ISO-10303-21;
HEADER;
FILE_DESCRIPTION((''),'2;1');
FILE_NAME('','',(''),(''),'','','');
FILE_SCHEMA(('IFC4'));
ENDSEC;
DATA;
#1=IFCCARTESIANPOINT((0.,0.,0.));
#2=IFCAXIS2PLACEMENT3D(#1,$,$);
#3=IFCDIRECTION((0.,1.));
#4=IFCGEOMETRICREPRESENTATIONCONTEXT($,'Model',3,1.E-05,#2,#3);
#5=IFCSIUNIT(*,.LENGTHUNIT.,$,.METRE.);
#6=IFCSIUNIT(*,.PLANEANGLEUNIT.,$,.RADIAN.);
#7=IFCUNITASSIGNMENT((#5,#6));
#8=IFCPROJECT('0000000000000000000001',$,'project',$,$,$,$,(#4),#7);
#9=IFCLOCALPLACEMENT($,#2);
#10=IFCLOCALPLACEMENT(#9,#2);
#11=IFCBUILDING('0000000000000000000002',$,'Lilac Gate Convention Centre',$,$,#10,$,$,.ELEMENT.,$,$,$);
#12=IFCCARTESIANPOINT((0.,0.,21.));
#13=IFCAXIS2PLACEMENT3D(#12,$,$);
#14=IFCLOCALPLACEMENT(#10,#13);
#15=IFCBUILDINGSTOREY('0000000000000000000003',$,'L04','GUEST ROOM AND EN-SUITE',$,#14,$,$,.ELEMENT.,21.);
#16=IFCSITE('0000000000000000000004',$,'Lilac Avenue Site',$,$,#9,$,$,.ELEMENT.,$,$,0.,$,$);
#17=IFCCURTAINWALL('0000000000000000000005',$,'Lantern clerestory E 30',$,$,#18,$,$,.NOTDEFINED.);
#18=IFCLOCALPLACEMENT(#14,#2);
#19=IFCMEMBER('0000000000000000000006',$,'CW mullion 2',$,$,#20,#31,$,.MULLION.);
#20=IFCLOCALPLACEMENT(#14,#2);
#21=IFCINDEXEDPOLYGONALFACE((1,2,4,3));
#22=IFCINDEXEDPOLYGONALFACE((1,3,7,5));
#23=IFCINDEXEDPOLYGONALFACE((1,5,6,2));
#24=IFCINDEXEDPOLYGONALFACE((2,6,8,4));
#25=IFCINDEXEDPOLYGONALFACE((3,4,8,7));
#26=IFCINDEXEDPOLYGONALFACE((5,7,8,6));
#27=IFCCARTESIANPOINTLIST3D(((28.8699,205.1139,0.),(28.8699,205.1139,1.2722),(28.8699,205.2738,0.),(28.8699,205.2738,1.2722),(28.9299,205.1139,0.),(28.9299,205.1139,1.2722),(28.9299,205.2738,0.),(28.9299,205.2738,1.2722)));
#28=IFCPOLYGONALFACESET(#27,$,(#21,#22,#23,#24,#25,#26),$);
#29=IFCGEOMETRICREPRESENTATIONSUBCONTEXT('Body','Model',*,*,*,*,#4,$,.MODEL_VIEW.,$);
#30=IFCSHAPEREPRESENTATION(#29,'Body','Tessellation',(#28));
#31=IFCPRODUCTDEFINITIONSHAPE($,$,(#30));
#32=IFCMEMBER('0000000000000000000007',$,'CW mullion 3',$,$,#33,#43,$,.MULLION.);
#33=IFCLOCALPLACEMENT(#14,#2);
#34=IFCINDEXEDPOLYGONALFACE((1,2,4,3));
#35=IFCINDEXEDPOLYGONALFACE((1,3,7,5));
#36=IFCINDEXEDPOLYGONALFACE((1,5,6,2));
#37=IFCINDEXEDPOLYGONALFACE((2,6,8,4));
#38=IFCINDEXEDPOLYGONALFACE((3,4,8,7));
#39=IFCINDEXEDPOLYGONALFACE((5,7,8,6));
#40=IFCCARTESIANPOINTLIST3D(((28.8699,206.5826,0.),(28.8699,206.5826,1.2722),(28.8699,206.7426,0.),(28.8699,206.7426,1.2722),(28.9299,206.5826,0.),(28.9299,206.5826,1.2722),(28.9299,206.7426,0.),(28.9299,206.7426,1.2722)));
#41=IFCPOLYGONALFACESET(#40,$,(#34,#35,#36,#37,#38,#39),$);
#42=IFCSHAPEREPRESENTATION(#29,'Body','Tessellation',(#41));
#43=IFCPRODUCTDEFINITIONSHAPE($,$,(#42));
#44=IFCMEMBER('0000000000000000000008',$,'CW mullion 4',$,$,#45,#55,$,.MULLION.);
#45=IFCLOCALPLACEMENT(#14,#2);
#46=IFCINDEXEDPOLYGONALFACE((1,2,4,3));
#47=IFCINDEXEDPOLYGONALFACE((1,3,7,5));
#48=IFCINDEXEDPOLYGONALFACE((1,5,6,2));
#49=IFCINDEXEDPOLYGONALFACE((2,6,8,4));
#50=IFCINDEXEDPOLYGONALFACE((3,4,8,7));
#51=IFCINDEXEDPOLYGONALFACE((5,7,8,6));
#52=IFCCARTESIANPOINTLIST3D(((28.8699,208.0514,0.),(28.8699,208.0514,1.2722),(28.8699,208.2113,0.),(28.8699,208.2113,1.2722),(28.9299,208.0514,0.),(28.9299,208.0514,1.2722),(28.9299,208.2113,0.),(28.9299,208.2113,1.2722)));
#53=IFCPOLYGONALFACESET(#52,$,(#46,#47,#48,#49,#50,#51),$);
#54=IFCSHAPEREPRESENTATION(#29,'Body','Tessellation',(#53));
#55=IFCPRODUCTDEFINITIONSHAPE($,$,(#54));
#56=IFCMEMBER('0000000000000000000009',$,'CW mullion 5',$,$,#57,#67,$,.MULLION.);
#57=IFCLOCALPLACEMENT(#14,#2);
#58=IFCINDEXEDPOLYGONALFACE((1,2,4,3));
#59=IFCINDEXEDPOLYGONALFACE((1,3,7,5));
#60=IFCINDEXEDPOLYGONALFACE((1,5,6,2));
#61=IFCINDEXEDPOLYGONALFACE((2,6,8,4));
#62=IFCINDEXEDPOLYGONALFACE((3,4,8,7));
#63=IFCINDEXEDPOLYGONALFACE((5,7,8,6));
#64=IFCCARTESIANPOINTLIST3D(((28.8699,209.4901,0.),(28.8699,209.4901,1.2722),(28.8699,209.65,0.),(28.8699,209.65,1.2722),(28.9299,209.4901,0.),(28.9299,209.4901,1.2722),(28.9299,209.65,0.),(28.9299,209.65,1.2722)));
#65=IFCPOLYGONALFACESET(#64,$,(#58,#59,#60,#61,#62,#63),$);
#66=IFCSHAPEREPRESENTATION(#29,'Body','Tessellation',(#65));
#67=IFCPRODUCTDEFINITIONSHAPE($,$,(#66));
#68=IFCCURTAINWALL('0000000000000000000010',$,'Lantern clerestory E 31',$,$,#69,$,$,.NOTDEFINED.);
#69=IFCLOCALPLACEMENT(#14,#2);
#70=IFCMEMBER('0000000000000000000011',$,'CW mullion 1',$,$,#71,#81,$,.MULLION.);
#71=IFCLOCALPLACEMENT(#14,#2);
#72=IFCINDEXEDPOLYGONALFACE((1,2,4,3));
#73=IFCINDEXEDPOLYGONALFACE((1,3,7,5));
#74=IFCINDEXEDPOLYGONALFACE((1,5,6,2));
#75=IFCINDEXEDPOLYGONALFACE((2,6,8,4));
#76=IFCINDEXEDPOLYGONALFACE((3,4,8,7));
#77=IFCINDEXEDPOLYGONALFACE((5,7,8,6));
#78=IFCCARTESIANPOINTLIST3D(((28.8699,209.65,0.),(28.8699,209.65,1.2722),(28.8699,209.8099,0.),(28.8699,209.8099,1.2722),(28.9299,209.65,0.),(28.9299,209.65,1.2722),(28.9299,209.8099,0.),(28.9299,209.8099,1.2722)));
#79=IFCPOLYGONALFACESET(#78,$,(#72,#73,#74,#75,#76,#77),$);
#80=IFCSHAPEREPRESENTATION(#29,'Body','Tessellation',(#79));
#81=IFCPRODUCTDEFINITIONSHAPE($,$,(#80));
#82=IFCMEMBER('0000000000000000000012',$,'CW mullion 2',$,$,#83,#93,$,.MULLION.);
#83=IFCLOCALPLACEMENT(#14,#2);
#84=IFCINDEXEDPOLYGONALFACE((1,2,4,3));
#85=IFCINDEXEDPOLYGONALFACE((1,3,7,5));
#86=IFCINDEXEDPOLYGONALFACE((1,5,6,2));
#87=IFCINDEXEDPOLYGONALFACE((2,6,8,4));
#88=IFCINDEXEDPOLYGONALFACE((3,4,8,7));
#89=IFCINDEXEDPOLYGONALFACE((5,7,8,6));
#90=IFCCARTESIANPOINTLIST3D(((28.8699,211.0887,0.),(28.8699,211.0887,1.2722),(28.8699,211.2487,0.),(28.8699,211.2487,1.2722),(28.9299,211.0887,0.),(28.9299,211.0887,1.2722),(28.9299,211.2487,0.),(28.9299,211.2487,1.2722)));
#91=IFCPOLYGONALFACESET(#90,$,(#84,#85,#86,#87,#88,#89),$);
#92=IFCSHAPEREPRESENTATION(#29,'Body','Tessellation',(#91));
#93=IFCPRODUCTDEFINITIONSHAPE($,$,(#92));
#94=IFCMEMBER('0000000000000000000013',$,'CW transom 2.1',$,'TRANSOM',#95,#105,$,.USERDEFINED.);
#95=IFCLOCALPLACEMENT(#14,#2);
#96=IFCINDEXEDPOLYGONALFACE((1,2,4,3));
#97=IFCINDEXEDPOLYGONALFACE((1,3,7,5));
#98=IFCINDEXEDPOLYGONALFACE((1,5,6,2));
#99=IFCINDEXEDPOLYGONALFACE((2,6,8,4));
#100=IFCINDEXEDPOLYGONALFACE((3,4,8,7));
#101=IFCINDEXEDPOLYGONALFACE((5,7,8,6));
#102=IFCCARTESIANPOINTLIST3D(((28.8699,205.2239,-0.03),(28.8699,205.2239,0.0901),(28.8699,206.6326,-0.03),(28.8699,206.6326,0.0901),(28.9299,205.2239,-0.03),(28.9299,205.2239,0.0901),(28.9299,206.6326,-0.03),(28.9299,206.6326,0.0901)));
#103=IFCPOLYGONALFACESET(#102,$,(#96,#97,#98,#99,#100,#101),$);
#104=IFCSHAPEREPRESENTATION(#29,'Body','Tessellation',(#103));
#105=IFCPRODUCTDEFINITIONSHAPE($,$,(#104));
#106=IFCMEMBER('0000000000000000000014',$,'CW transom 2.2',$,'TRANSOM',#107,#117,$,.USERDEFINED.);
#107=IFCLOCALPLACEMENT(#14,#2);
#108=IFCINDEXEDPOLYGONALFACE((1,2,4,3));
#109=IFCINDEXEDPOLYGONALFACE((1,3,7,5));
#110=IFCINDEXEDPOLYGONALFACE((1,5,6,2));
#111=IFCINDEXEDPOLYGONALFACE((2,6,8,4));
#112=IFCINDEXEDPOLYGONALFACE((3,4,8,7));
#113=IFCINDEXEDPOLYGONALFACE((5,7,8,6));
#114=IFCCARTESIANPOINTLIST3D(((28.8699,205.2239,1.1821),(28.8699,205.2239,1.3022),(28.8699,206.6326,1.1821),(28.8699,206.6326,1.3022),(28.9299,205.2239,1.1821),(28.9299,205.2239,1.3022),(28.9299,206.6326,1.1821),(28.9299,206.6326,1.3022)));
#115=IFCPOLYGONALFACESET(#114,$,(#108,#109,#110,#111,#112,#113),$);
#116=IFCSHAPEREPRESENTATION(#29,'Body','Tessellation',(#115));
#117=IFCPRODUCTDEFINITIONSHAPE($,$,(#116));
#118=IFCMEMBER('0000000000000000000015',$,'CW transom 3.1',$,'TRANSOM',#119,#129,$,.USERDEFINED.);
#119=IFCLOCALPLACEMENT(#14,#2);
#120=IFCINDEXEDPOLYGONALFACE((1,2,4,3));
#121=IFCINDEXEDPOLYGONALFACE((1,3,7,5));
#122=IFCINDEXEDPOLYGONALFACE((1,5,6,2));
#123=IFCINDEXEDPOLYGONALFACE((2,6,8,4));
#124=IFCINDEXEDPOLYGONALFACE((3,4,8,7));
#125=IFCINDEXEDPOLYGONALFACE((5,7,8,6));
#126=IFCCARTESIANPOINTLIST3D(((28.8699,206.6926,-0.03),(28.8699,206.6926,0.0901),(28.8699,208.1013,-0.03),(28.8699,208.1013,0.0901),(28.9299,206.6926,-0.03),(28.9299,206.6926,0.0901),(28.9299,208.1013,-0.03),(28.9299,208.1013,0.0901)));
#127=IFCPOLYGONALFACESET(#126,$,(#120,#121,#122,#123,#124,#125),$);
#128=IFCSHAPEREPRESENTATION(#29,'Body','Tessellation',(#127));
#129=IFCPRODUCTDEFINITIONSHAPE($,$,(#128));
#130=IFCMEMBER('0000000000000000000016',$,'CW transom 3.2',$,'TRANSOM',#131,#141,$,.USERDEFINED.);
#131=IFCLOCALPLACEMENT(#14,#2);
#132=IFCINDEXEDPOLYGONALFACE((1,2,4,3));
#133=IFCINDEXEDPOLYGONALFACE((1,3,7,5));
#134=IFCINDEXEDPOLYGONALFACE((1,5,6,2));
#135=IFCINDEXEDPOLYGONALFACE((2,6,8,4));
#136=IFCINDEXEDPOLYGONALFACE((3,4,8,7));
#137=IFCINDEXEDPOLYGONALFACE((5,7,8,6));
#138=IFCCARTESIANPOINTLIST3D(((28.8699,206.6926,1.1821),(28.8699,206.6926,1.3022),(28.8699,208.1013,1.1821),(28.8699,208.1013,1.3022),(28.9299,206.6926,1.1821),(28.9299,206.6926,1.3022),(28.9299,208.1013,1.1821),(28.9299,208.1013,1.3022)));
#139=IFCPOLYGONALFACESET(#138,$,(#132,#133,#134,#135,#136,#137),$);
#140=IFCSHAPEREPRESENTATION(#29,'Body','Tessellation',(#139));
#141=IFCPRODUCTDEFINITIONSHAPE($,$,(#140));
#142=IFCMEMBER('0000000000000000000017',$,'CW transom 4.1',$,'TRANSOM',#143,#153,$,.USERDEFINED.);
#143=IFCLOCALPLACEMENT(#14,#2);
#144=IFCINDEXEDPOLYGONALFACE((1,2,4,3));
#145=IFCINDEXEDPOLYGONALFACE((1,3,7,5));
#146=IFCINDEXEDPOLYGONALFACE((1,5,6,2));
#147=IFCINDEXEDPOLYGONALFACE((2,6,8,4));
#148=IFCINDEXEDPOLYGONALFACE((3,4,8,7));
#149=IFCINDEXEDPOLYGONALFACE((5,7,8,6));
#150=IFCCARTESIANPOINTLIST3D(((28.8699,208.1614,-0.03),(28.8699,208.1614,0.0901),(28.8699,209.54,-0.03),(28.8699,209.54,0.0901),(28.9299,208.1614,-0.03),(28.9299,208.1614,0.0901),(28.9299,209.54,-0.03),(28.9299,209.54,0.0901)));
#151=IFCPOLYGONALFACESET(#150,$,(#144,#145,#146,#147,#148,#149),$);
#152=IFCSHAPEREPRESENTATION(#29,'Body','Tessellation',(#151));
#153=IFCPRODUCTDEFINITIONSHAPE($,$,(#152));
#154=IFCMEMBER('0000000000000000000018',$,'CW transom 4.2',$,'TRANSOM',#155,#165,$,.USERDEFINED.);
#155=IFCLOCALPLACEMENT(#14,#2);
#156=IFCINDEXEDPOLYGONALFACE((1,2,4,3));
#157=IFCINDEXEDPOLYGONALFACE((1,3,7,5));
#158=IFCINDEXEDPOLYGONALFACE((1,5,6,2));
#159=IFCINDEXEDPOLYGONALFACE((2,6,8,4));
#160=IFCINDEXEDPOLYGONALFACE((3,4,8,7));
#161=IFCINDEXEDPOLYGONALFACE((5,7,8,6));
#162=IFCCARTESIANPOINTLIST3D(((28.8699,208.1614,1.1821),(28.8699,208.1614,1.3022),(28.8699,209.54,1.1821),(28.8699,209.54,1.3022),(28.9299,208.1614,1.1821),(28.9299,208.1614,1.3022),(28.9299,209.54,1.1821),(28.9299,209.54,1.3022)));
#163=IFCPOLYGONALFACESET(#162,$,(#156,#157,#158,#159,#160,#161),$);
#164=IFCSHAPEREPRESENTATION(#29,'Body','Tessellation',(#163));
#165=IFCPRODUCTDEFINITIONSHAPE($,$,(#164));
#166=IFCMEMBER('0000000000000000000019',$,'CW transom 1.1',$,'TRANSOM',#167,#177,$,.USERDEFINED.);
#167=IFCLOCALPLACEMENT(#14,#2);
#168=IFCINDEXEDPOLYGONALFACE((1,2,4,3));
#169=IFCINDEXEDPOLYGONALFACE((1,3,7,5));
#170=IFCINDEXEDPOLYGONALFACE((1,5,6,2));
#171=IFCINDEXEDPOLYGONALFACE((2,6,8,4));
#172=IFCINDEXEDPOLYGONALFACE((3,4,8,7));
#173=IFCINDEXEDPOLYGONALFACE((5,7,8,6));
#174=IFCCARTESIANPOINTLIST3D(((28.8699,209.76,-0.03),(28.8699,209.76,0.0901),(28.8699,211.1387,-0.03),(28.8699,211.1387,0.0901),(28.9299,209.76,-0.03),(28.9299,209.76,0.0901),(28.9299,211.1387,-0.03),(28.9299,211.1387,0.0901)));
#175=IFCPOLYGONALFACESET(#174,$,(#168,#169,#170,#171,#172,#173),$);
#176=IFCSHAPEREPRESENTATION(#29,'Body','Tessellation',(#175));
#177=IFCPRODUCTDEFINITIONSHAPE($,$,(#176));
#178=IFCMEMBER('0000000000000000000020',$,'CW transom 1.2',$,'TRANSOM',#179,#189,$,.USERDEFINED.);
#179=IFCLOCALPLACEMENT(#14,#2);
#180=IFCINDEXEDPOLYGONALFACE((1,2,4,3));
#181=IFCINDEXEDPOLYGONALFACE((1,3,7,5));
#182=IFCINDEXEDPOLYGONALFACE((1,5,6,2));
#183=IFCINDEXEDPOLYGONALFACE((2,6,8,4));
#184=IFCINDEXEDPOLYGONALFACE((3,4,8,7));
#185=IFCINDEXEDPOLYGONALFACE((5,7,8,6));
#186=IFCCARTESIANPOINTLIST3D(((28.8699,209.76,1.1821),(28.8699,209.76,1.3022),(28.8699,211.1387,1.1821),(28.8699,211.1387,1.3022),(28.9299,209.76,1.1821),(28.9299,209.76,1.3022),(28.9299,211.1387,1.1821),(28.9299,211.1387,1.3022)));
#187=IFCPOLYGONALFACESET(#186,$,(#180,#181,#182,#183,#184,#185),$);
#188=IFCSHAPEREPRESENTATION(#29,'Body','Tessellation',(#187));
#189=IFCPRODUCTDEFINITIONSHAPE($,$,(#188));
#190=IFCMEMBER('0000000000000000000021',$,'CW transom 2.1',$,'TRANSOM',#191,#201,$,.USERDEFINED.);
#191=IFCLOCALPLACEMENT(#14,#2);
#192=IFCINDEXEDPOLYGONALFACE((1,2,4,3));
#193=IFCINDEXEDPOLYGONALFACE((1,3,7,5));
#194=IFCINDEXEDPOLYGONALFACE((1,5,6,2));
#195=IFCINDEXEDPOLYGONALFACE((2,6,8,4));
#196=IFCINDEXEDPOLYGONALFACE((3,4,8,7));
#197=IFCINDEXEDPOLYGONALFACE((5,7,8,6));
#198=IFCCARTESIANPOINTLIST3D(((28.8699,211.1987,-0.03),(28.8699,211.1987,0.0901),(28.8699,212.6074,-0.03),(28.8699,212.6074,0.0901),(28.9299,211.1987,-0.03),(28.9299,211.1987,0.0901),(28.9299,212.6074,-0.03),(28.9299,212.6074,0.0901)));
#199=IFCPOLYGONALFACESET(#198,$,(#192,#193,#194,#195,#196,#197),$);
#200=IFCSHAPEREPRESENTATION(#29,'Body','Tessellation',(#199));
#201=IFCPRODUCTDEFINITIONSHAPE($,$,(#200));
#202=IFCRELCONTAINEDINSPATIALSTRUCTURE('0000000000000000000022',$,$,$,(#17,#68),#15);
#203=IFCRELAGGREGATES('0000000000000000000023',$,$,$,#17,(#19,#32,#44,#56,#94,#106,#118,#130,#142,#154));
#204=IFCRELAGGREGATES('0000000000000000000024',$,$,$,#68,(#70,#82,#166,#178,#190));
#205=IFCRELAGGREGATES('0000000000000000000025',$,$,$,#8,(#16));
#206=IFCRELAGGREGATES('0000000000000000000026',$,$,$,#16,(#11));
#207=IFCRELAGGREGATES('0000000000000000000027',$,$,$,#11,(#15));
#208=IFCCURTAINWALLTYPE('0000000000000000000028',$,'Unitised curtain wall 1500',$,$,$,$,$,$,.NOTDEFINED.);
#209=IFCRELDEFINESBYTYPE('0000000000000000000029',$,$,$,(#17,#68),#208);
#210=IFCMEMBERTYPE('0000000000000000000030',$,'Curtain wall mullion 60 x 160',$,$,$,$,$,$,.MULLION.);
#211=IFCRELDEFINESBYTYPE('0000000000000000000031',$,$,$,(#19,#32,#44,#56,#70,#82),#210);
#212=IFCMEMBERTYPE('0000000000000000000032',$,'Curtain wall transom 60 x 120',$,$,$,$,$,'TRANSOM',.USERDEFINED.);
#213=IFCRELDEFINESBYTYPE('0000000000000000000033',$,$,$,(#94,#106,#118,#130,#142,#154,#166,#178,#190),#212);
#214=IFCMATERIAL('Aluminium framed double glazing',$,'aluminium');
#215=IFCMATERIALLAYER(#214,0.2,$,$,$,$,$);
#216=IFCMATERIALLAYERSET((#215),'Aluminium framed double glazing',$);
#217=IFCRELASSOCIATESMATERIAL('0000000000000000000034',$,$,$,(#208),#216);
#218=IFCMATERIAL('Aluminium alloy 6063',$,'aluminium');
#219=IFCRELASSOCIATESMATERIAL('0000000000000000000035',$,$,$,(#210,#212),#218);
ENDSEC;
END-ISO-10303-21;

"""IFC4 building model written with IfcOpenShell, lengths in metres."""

from ifc_helpers import new_model, si_unit, direction, frame, origin, origin_2d, place, context, subcontext, project, spatial, rectangle, extrude, material, layer, layer_set, material_profile, profile_set, type_object, element, aggregate, save


model = new_model("IFC4")

# Units and contexts
model_context = context("Model", 3, precision=1e-05, world=origin(), true_north=direction((0.0, 1.0)))
body_context = subcontext(model_context, "Body", "Model", "MODEL_VIEW")
ifc_project = project(units=[si_unit("LENGTHUNIT", "METRE"), si_unit("PLANEANGLEUNIT", "RADIAN")], contexts=[model_context])

# Site, building, storey
site_placement = place(None, origin())
site = spatial("IfcSite", under=ifc_project, at=site_placement, Name="Lilac Avenue Site", CompositionType="ELEMENT", RefElevation=0.0)
building_placement = place(site_placement, origin())
building = spatial("IfcBuilding", under=site, at=building_placement, Name="Lilac Gate Convention Centre", CompositionType="ELEMENT")
storey_placement = place(building_placement, frame((0.0, 0.0, 21.0)))
storey = spatial("IfcBuildingStorey", under=building, at=storey_placement, Name="L04", Description="GUEST ROOM AND EN-SUITE", CompositionType="ELEMENT", Elevation=21.0)

# Curtain walls, members
ifc_material_1 = material(Name="Aluminium framed double glazing", Category="aluminium")
ifc_layer_1 = layer(ifc_material_1, 0.2)
ifc_layer_set_1 = layer_set([ifc_layer_1], Name="Aluminium framed double glazing")
curtain_wall_type = type_object("IfcCurtainWallType", Name="Unitised curtain wall 1500", PredefinedType="NOTDEFINED", material=ifc_layer_set_1)
curtain_wall_1_placement = place(storey_placement, origin())
curtain_wall_1 = element("IfcCurtainWall", 1, at=curtain_wall_1_placement, inside=storey, type_object=curtain_wall_type, Name="Lantern clerestory E 30", PredefinedType="NOTDEFINED")
ifc_material_2 = material(Name="Aluminium alloy 6063", Category="aluminium")
ifc_material_profile_1 = material_profile(ifc_material_2, rectangle(XDim=0.0601, YDim=0.1599, at=origin_2d()), Name="Curtain wall mullion 60 x 160")
ifc_profile_set_1 = profile_set([ifc_material_profile_1], Name="Aluminium alloy 6063")
member_type_1 = type_object("IfcMemberType", Name="Curtain wall mullion 60 x 160", PredefinedType="MULLION", material=ifc_profile_set_1)
member_1_placement = place(storey_placement, frame((28.8999, 205.1938, 0.0), z_axis=(0.0, 0.0, 1.0), x_axis=(-1.0, 0.0, 0.0)))
member_1 = element("IfcMember", 2, at=member_1_placement, type_object=member_type_1, Name="CW mullion 2", PredefinedType="MULLION", context=body_context, shape_type="SweptSolid", body=[
    extrude(rectangle(XDim=0.0601, YDim=0.1599, at=origin_2d()), origin(), (0.0, 0.0, 1.0), 1.2722),
])
member_2_placement = place(storey_placement, frame((28.8999, 206.6626, 0.0), z_axis=(0.0, 0.0, 1.0), x_axis=(-1.0, 0.0, 0.0)))
member_2 = element("IfcMember", 3, at=member_2_placement, type_object=member_type_1, Name="CW mullion 3", PredefinedType="MULLION", context=body_context, shape_type="SweptSolid", body=[
    extrude(rectangle(XDim=0.0601, YDim=0.1599, at=origin_2d()), origin(), (0.0, 0.0, 1.0), 1.2722),
])
member_3_placement = place(storey_placement, frame((28.8999, 208.1313, 0.0), z_axis=(0.0, 0.0, 1.0), x_axis=(-1.0, 0.0, 0.0)))
member_3 = element("IfcMember", 4, at=member_3_placement, type_object=member_type_1, Name="CW mullion 4", PredefinedType="MULLION", context=body_context, shape_type="SweptSolid", body=[
    extrude(rectangle(XDim=0.0601, YDim=0.1599, at=origin_2d()), origin(), (0.0, 0.0, 1.0), 1.2722),
])
member_4_placement = place(storey_placement, frame((28.8999, 209.5701, 0.0), z_axis=(0.0, 0.0, 1.0), x_axis=(-1.0, 0.0, 0.0)))
member_4 = element("IfcMember", 5, at=member_4_placement, type_object=member_type_1, Name="CW mullion 5", PredefinedType="MULLION", context=body_context, shape_type="SweptSolid", body=[
    extrude(rectangle(XDim=0.0601, YDim=0.1599, at=origin_2d()), origin(), (0.0, 0.0, 1.0), 1.2722),
])
curtain_wall_2_placement = place(storey_placement, origin())
curtain_wall_2 = element("IfcCurtainWall", 6, at=curtain_wall_2_placement, inside=storey, type_object=curtain_wall_type, Name="Lantern clerestory E 31", PredefinedType="NOTDEFINED")
member_5_placement = place(storey_placement, frame((28.8999, 209.73, 0.0), z_axis=(0.0, 0.0, 1.0), x_axis=(-1.0, 0.0, 0.0)))
member_5 = element("IfcMember", 7, at=member_5_placement, type_object=member_type_1, Name="CW mullion 1", PredefinedType="MULLION", context=body_context, shape_type="SweptSolid", body=[
    extrude(rectangle(XDim=0.0601, YDim=0.1599, at=origin_2d()), origin(), (0.0, 0.0, 1.0), 1.2722),
])
member_6_placement = place(storey_placement, frame((28.8999, 211.1687, 0.0), z_axis=(0.0, 0.0, 1.0), x_axis=(-1.0, 0.0, 0.0)))
member_6 = element("IfcMember", 8, at=member_6_placement, type_object=member_type_1, Name="CW mullion 2", PredefinedType="MULLION", context=body_context, shape_type="SweptSolid", body=[
    extrude(rectangle(XDim=0.0601, YDim=0.1599, at=origin_2d()), origin(), (0.0, 0.0, 1.0), 1.2722),
])

# Members
ifc_material_profile_2 = material_profile(ifc_material_2, rectangle(XDim=0.0601, YDim=0.1201, at=origin_2d()), Name="Curtain wall transom 60 x 120")
ifc_profile_set_2 = profile_set([ifc_material_profile_2], Name="Aluminium alloy 6063")
member_type_2 = type_object("IfcMemberType", Name="Curtain wall transom 60 x 120", ElementType="TRANSOM", PredefinedType="USERDEFINED", material=ifc_profile_set_2)
member_7_placement = place(storey_placement, frame((28.8999, 205.2239, 0.03), z_axis=(0.0, 1.0, 0.0), x_axis=(-1.0, 0.0, 0.0)))
member_7 = element("IfcMember", 9, at=member_7_placement, type_object=member_type_2, Name="CW transom 2.1", ObjectType="TRANSOM", PredefinedType="USERDEFINED", context=body_context, shape_type="SweptSolid", body=[
    extrude(rectangle(XDim=0.0601, YDim=0.1201, at=origin_2d()), origin(), (0.0, 0.0, 1.0), 1.4087),
])
member_8_placement = place(storey_placement, frame((28.8999, 205.2239, 1.2422), z_axis=(0.0, 1.0, 0.0), x_axis=(-1.0, 0.0, 0.0)))
member_8 = element("IfcMember", 10, at=member_8_placement, type_object=member_type_2, Name="CW transom 2.2", ObjectType="TRANSOM", PredefinedType="USERDEFINED", context=body_context, shape_type="SweptSolid", body=[
    extrude(rectangle(XDim=0.0601, YDim=0.1201, at=origin_2d()), origin(), (0.0, 0.0, 1.0), 1.4087),
])
member_9_placement = place(storey_placement, frame((28.8999, 206.6926, 0.03), z_axis=(0.0, 1.0, 0.0), x_axis=(-1.0, 0.0, 0.0)))
member_9 = element("IfcMember", 11, at=member_9_placement, type_object=member_type_2, Name="CW transom 3.1", ObjectType="TRANSOM", PredefinedType="USERDEFINED", context=body_context, shape_type="SweptSolid", body=[
    extrude(rectangle(XDim=0.0601, YDim=0.1201, at=origin_2d()), origin(), (0.0, 0.0, 1.0), 1.4087),
])
member_10_placement = place(storey_placement, frame((28.8999, 206.6926, 1.2422), z_axis=(0.0, 1.0, 0.0), x_axis=(-1.0, 0.0, 0.0)))
member_10 = element("IfcMember", 12, at=member_10_placement, type_object=member_type_2, Name="CW transom 3.2", ObjectType="TRANSOM", PredefinedType="USERDEFINED", context=body_context, shape_type="SweptSolid", body=[
    extrude(rectangle(XDim=0.0601, YDim=0.1201, at=origin_2d()), origin(), (0.0, 0.0, 1.0), 1.4087),
])
member_11_placement = place(storey_placement, frame((28.8999, 208.1614, 0.03), z_axis=(0.0, 1.0, 0.0), x_axis=(-1.0, 0.0, 0.0)))
member_11 = element("IfcMember", 13, at=member_11_placement, type_object=member_type_2, Name="CW transom 4.1", ObjectType="TRANSOM", PredefinedType="USERDEFINED", context=body_context, shape_type="SweptSolid", body=[
    extrude(rectangle(XDim=0.0601, YDim=0.1201, at=origin_2d()), origin(), (0.0, 0.0, 1.0), 1.3787),
])
member_12_placement = place(storey_placement, frame((28.8999, 208.1614, 1.2422), z_axis=(0.0, 1.0, 0.0), x_axis=(-1.0, 0.0, 0.0)))
member_12 = element("IfcMember", 14, at=member_12_placement, type_object=member_type_2, Name="CW transom 4.2", ObjectType="TRANSOM", PredefinedType="USERDEFINED", context=body_context, shape_type="SweptSolid", body=[
    extrude(rectangle(XDim=0.0601, YDim=0.1201, at=origin_2d()), origin(), (0.0, 0.0, 1.0), 1.3787),
])
member_13_placement = place(storey_placement, frame((28.8999, 209.76, 0.03), z_axis=(0.0, 1.0, 0.0), x_axis=(-1.0, 0.0, 0.0)))
member_13 = element("IfcMember", 15, at=member_13_placement, type_object=member_type_2, Name="CW transom 1.1", ObjectType="TRANSOM", PredefinedType="USERDEFINED", context=body_context, shape_type="SweptSolid", body=[
    extrude(rectangle(XDim=0.0601, YDim=0.1201, at=origin_2d()), origin(), (0.0, 0.0, 1.0), 1.3787),
])
member_14_placement = place(storey_placement, frame((28.8999, 209.76, 1.2422), z_axis=(0.0, 1.0, 0.0), x_axis=(-1.0, 0.0, 0.0)))
member_14 = element("IfcMember", 16, at=member_14_placement, type_object=member_type_2, Name="CW transom 1.2", ObjectType="TRANSOM", PredefinedType="USERDEFINED", context=body_context, shape_type="SweptSolid", body=[
    extrude(rectangle(XDim=0.0601, YDim=0.1201, at=origin_2d()), origin(), (0.0, 0.0, 1.0), 1.3787),
])
member_15_placement = place(storey_placement, frame((28.8999, 211.1987, 0.03), z_axis=(0.0, 1.0, 0.0), x_axis=(-1.0, 0.0, 0.0)))
member_15 = element("IfcMember", 17, at=member_15_placement, type_object=member_type_2, Name="CW transom 2.1", ObjectType="TRANSOM", PredefinedType="USERDEFINED", context=body_context, shape_type="SweptSolid", body=[
    extrude(rectangle(XDim=0.0601, YDim=0.1201, at=origin_2d()), origin(), (0.0, 0.0, 1.0), 1.4087),
])

aggregate(curtain_wall_1, [member_1, member_2, member_3, member_4, member_7, member_8, member_9, member_10, member_11, member_12])
aggregate(curtain_wall_2, [member_5, member_6, member_13, member_14, member_15])

save(model, "model.ifc")
